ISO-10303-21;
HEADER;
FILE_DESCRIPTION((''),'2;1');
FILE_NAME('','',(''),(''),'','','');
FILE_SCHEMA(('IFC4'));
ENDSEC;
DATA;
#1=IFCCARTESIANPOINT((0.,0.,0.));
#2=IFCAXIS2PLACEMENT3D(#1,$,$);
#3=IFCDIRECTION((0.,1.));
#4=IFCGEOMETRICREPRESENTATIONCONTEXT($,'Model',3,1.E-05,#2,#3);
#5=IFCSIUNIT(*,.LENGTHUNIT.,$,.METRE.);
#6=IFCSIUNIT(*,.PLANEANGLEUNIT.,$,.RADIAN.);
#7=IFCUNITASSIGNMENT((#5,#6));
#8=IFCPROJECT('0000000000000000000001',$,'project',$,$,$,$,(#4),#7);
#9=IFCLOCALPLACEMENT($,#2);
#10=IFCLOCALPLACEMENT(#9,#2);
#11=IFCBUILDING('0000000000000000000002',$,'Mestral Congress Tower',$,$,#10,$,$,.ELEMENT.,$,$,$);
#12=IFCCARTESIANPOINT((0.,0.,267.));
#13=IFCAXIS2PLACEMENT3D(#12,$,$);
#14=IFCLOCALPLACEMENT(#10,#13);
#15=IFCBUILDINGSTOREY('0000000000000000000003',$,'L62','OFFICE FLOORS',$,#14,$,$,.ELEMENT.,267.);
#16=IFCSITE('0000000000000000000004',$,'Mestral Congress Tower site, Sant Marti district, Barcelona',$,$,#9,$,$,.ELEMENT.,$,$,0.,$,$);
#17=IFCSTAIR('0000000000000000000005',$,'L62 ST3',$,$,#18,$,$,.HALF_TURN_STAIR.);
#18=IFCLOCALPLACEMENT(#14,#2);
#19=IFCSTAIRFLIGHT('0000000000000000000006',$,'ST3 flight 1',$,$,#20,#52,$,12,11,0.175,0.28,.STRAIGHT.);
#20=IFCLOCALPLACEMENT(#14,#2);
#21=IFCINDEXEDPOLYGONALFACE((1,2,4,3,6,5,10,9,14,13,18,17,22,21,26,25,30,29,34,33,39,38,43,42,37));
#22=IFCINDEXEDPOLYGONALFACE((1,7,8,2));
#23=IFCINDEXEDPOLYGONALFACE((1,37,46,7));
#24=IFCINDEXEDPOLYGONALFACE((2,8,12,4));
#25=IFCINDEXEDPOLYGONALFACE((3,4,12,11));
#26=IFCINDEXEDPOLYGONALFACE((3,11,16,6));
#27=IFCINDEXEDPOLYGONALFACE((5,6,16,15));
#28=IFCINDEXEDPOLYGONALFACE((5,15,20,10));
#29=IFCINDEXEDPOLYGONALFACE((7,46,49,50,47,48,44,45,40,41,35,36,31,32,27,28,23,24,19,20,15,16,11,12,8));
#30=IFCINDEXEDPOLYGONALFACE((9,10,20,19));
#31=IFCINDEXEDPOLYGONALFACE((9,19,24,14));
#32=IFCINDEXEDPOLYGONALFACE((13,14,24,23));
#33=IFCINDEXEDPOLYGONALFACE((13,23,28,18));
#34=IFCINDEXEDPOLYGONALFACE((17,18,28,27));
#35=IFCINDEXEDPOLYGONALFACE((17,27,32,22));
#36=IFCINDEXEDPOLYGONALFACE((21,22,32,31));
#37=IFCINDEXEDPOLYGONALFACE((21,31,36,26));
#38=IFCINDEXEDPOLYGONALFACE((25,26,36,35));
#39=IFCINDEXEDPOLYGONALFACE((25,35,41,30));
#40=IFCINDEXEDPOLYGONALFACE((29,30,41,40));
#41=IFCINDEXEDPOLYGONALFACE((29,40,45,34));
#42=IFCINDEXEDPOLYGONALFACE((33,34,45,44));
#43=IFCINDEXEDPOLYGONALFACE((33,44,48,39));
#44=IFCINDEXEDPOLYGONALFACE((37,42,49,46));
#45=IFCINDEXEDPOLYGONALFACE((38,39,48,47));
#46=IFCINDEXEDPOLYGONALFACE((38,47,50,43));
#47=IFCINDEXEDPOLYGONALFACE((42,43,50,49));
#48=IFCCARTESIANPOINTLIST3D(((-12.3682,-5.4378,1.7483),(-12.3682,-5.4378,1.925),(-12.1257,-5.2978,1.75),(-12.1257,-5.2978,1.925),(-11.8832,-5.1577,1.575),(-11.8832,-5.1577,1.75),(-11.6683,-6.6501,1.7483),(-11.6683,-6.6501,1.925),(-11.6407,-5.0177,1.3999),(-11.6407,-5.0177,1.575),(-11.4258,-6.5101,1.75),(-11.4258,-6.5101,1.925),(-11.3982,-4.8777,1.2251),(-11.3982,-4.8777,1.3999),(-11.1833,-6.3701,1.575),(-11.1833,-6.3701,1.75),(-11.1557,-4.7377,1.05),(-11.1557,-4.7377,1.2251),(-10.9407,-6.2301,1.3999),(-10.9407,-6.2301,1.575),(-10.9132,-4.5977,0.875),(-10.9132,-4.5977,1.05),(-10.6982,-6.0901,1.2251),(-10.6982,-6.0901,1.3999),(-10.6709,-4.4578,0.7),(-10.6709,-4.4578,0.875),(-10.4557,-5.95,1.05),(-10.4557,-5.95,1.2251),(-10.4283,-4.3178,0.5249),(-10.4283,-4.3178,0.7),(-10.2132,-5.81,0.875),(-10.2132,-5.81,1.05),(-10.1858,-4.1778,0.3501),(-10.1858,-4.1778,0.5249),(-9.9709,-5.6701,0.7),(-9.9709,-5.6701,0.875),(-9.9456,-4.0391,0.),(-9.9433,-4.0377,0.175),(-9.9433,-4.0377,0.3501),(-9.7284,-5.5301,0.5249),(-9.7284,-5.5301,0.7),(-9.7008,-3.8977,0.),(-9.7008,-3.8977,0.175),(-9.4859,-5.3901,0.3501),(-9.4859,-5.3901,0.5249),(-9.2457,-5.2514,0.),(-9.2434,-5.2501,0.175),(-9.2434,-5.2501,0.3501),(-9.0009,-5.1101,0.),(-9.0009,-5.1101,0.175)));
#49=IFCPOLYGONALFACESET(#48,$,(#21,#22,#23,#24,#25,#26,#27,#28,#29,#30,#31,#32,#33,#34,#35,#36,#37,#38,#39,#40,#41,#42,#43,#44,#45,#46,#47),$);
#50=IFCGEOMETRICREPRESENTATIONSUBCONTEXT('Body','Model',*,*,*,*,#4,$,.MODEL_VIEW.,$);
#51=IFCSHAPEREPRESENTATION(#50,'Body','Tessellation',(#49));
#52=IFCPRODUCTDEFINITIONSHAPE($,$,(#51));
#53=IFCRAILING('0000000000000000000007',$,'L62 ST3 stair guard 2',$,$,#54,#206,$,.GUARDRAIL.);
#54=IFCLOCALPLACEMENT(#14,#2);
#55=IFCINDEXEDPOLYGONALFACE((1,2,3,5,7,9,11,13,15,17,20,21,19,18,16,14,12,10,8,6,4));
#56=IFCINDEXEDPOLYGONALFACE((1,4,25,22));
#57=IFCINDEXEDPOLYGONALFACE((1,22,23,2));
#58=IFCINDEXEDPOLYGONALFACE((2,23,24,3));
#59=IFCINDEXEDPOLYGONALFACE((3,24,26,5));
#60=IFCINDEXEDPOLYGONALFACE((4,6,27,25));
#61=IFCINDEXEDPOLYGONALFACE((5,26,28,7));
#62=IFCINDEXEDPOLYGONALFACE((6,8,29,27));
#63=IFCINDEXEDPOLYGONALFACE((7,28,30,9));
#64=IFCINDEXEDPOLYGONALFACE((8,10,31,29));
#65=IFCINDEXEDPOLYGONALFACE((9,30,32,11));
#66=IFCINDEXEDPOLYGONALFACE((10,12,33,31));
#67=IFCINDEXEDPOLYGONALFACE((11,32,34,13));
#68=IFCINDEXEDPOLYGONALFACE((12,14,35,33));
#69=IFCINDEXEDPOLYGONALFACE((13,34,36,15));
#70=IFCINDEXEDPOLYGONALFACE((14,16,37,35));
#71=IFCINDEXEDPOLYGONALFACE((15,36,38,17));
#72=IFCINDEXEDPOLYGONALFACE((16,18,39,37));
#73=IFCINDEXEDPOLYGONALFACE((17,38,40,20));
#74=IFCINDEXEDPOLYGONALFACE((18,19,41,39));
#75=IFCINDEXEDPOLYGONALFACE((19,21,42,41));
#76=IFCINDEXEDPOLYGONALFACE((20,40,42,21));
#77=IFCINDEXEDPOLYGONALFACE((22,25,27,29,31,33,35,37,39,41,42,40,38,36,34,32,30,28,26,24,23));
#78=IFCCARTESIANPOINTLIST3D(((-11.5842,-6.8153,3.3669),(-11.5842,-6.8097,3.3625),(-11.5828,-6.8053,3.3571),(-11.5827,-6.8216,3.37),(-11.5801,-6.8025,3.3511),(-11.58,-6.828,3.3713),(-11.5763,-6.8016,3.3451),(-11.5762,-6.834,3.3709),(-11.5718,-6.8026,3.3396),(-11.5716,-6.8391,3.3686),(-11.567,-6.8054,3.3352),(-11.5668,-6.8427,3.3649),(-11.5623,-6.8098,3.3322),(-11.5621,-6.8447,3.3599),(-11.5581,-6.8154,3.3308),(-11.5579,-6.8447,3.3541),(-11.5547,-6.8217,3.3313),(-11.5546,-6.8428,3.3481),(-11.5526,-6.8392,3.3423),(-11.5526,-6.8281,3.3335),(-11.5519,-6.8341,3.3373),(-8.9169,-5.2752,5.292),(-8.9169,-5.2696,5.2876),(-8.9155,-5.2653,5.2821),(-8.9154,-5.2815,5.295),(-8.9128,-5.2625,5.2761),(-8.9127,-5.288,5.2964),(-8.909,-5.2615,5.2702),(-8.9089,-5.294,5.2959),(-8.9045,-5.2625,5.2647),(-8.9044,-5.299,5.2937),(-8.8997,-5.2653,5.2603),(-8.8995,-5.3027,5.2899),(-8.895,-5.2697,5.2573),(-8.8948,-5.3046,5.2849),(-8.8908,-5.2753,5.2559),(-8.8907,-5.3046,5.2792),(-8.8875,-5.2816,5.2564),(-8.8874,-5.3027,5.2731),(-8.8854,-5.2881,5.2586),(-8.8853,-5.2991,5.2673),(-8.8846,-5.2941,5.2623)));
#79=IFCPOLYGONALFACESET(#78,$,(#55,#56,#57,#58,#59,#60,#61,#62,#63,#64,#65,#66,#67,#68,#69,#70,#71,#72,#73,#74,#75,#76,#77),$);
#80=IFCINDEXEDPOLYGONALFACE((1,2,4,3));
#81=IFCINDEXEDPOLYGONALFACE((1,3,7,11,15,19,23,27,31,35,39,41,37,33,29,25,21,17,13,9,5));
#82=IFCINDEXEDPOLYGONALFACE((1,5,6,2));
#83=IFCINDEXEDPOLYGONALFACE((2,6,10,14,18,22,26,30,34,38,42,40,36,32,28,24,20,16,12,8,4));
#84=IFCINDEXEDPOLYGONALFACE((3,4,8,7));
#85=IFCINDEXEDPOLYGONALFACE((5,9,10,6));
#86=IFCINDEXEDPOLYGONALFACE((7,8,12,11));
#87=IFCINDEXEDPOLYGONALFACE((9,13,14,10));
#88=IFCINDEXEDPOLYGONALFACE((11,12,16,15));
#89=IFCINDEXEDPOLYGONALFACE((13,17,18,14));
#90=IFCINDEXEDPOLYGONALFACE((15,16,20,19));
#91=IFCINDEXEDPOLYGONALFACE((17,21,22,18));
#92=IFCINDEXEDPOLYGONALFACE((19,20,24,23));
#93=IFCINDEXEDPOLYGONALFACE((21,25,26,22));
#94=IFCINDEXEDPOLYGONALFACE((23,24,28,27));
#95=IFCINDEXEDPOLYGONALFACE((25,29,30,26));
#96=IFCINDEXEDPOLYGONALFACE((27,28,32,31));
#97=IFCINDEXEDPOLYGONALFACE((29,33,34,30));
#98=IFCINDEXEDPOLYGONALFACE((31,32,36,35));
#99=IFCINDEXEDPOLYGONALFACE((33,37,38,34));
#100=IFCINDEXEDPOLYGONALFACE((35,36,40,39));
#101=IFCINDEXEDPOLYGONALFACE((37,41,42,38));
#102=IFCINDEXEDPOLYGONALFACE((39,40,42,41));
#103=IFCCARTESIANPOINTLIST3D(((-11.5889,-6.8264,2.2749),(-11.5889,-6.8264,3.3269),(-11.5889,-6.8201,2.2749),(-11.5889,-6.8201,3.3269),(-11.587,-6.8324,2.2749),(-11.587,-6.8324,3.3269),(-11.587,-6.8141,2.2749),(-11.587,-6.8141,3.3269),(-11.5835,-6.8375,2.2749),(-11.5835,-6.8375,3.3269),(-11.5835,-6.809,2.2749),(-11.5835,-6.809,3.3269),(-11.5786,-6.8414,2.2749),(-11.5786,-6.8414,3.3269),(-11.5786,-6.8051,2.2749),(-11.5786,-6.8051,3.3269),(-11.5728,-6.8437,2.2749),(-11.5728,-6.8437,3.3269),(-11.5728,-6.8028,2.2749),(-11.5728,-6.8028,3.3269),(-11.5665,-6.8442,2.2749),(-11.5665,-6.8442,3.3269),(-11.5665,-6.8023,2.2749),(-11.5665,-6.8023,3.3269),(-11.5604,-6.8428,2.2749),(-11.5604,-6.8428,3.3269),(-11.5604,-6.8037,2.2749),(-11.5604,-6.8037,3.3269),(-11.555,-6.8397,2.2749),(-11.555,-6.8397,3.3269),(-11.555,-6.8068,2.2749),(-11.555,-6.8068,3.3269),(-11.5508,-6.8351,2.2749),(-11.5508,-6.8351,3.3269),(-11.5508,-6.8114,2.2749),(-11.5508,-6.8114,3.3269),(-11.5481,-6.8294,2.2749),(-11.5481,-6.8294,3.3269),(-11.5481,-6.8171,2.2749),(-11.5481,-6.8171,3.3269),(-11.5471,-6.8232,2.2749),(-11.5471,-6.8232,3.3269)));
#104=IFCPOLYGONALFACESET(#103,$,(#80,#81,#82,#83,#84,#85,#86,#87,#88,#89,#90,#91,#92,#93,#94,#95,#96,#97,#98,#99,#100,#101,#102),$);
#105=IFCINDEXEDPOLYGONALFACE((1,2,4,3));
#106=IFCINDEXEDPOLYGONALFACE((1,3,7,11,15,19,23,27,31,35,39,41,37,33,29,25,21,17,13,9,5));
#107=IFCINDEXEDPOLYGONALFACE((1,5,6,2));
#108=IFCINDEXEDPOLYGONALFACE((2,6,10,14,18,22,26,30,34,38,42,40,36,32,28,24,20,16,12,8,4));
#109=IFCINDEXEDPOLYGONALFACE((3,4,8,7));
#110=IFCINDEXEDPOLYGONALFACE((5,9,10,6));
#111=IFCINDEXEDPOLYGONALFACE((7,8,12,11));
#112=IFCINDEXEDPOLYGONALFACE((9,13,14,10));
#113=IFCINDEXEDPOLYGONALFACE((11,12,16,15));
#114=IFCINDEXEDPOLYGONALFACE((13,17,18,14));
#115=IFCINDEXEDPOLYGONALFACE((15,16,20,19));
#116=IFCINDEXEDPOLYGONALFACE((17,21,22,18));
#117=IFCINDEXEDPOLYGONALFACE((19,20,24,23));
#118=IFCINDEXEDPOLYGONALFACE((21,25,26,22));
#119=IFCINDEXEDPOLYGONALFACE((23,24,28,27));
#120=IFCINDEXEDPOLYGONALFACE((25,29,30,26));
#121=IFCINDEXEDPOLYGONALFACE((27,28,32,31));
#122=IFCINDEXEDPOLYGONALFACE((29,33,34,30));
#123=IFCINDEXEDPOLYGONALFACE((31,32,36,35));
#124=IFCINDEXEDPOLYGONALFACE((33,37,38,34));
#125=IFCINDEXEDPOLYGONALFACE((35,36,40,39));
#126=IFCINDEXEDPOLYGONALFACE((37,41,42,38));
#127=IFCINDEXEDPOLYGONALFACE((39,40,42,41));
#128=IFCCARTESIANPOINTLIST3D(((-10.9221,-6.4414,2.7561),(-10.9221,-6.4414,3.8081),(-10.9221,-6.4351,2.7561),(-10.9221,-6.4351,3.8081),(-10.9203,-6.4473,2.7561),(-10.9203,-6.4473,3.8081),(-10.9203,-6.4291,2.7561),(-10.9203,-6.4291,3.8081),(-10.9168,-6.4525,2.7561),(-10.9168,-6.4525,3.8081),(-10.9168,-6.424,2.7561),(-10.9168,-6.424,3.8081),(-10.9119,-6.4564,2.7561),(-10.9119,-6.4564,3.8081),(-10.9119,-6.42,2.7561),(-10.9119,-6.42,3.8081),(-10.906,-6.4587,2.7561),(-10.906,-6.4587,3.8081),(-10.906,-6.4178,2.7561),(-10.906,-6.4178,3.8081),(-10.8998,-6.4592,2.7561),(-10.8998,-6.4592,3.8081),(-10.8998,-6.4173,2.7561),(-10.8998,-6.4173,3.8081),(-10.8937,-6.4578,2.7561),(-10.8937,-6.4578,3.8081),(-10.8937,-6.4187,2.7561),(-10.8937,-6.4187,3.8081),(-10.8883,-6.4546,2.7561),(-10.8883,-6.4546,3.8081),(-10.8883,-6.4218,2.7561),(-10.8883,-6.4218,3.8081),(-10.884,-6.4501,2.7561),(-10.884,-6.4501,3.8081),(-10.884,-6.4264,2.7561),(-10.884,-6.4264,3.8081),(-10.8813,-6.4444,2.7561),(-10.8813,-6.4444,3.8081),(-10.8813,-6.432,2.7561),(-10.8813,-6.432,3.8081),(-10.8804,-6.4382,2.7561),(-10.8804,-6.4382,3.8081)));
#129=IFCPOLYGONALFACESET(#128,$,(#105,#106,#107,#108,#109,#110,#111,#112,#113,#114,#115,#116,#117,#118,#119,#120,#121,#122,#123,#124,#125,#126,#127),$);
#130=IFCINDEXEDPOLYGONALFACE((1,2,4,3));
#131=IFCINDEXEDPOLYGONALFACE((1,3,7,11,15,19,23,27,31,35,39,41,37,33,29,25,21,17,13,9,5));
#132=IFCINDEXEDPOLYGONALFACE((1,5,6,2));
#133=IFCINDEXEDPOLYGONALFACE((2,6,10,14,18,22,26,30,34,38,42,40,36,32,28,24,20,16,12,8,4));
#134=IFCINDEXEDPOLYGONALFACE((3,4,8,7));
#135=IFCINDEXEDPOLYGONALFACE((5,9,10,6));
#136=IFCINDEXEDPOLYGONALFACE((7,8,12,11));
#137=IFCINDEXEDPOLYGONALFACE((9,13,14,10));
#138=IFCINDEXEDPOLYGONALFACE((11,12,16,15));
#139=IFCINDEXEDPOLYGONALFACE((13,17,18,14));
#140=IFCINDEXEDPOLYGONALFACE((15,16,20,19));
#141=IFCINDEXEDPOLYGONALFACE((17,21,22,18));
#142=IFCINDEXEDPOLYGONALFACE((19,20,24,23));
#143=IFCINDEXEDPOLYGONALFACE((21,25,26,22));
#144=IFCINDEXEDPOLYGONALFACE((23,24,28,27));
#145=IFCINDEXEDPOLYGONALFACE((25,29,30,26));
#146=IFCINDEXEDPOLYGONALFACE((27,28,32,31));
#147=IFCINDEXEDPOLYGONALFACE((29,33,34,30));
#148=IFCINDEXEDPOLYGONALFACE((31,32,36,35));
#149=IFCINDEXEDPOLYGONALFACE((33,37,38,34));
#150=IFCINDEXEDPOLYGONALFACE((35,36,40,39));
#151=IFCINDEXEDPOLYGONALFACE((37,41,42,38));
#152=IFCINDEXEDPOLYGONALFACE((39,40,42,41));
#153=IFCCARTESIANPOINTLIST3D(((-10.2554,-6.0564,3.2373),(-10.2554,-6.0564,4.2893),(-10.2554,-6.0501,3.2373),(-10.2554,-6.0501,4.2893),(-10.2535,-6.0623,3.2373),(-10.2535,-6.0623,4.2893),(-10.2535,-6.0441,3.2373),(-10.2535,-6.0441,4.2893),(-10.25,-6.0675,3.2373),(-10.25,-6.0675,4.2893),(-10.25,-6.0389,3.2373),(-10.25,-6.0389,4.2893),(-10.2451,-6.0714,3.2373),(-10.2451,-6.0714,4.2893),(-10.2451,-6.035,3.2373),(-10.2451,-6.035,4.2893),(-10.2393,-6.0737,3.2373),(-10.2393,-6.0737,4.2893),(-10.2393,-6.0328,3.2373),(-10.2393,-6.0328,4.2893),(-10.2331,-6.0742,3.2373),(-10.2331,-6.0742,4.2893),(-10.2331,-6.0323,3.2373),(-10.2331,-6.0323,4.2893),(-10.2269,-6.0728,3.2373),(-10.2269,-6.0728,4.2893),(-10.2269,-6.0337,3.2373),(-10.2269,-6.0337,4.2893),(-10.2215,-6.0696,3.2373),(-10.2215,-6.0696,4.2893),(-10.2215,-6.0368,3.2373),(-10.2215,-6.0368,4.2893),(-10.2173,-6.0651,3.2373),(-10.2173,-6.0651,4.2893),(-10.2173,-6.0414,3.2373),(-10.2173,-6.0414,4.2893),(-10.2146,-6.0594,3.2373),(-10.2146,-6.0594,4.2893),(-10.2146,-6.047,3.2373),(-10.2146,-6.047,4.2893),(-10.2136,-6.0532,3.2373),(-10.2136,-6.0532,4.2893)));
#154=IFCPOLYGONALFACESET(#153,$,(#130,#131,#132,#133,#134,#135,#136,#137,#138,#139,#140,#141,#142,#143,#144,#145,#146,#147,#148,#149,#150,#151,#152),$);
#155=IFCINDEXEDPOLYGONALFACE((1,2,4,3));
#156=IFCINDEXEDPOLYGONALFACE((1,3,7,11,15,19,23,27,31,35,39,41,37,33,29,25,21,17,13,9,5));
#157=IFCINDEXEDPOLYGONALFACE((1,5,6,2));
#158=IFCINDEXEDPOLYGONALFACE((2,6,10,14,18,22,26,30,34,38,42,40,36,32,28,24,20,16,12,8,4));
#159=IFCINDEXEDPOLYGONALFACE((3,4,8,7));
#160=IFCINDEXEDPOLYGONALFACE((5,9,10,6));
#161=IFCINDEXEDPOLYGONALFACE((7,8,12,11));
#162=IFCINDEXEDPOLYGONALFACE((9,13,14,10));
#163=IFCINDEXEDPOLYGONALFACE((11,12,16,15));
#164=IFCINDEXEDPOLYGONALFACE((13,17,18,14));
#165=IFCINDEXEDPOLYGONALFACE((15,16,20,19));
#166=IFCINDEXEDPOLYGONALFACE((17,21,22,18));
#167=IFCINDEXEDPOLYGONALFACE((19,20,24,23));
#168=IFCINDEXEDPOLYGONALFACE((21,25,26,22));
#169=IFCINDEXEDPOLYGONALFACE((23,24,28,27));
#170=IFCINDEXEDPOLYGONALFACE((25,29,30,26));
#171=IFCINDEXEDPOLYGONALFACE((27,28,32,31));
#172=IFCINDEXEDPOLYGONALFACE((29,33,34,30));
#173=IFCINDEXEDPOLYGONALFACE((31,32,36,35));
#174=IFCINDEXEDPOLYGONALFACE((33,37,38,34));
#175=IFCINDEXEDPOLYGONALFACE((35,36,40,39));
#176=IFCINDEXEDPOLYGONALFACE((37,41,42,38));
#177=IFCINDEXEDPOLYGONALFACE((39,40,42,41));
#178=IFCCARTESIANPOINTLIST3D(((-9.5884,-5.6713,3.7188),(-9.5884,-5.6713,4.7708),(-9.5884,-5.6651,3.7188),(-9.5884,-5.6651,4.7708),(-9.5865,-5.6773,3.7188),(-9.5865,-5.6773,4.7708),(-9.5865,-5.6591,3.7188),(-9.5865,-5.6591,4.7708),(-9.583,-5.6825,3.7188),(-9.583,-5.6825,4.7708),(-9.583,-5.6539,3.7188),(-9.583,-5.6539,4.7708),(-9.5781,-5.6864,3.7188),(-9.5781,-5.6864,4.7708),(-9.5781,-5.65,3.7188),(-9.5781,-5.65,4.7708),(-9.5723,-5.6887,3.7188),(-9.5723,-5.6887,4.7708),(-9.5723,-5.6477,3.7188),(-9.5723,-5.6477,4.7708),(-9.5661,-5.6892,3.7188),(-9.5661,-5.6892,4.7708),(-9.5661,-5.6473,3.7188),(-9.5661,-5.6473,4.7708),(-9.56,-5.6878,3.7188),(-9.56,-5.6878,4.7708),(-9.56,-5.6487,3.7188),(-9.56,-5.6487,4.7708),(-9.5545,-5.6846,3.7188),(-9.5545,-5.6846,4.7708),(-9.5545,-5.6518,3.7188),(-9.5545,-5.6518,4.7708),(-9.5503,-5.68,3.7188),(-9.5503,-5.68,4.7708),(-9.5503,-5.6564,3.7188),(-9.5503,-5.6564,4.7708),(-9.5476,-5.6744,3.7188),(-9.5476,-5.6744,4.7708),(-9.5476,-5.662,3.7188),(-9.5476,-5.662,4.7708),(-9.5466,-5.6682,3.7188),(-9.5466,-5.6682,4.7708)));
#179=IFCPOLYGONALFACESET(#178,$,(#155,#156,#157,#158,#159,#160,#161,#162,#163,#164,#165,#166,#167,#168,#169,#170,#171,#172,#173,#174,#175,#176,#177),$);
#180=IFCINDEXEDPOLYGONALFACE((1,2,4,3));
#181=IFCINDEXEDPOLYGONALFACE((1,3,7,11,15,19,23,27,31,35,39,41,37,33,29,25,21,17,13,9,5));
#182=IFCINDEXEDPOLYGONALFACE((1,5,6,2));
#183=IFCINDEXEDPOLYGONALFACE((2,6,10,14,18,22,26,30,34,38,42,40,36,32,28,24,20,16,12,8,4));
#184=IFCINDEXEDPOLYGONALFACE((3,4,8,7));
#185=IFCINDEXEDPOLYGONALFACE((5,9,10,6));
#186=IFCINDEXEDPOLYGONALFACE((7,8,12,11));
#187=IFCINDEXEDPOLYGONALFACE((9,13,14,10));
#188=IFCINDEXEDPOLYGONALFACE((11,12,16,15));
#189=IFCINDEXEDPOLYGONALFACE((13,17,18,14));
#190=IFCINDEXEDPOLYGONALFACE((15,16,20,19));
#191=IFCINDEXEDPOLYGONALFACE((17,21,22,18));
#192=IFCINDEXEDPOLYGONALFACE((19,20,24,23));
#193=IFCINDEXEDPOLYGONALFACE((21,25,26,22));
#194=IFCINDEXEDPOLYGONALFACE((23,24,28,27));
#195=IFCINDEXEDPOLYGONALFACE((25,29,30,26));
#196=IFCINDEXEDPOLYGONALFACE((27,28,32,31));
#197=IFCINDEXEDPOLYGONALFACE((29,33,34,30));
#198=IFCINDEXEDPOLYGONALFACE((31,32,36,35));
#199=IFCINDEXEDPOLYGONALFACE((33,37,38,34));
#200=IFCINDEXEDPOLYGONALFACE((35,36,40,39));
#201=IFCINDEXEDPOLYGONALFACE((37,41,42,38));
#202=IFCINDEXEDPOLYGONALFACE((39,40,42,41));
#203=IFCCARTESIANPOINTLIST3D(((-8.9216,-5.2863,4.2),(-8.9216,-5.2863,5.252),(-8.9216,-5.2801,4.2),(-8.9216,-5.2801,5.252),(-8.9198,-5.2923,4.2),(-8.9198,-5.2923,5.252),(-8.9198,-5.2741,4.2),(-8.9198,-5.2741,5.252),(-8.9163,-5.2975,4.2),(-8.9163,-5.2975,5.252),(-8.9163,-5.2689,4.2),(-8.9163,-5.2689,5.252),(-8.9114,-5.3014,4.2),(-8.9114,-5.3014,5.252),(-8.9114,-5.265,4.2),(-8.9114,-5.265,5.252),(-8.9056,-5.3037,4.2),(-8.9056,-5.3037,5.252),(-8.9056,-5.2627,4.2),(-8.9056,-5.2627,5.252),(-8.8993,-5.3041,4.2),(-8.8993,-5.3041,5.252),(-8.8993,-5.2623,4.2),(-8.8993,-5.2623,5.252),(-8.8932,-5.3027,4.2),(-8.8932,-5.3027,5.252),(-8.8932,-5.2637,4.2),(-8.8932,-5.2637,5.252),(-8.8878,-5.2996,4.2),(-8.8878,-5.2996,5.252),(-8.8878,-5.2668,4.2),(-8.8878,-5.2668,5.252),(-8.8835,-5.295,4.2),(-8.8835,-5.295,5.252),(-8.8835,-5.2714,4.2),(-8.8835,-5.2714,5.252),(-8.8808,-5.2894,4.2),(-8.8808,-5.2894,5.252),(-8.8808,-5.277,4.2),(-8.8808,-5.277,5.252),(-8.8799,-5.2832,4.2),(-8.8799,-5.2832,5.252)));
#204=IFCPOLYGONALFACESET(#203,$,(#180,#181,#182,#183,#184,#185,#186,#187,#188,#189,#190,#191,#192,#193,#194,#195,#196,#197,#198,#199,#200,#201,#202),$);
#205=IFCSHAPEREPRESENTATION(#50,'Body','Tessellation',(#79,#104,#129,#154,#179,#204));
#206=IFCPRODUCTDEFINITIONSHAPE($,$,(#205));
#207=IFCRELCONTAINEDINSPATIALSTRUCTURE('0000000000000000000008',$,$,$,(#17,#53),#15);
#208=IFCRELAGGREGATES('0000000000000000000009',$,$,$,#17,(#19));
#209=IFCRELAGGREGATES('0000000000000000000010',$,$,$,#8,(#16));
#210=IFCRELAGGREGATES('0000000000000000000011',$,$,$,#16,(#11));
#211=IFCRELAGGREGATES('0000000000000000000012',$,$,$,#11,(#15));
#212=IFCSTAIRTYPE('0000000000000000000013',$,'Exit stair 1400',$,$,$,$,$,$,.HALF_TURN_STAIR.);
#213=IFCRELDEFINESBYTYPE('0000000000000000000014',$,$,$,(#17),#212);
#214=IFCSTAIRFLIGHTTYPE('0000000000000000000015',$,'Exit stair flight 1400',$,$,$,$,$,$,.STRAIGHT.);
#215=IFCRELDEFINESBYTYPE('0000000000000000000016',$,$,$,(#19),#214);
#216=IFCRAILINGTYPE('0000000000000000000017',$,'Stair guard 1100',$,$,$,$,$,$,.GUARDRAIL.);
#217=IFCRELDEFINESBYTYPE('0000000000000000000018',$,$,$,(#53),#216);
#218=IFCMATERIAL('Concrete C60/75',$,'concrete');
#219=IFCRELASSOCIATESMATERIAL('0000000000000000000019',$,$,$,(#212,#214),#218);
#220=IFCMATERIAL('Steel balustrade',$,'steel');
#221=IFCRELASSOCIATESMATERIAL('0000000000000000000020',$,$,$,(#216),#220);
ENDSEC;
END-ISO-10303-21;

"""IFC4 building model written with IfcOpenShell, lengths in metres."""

from ifc_helpers import new_model, si_unit, direction, frame, origin, origin_2d, place, context, subcontext, project, spatial, polyline, circle, outline, extrude, material, type_object, element, aggregate, save


model = new_model("IFC4")

# Units and contexts
model_context = context("Model", 3, precision=1e-05, world=origin(), true_north=direction((0.0, 1.0)))
body_context = subcontext(model_context, "Body", "Model", "MODEL_VIEW")
ifc_project = project(units=[si_unit("LENGTHUNIT", "METRE"), si_unit("PLANEANGLEUNIT", "RADIAN")], contexts=[model_context])

# Site, building, storey
site_placement = place(None, origin())
site = spatial("IfcSite", under=ifc_project, at=site_placement, Name="Mestral Congress Tower site, Sant Marti district, Barcelona", CompositionType="ELEMENT", RefElevation=0.0)
building_placement = place(site_placement, origin())
building = spatial("IfcBuilding", under=site, at=building_placement, Name="Mestral Congress Tower", CompositionType="ELEMENT")
storey_placement = place(building_placement, frame((0.0, 0.0, 267.0)))
storey = spatial("IfcBuildingStorey", under=building, at=storey_placement, Name="L62", Description="OFFICE FLOORS", CompositionType="ELEMENT", Elevation=267.0)

# Shared definitions
ifc_material_1 = material(Name="Concrete C60/75", Category="concrete")

# Stair, stair flight
stair_type = type_object("IfcStairType", Name="Exit stair 1400", PredefinedType="HALF_TURN_STAIR", material=ifc_material_1)
stair_placement = place(storey_placement, origin())
stair = element("IfcStair", 1, at=stair_placement, inside=storey, type_object=stair_type, Name="L62 ST3", PredefinedType="HALF_TURN_STAIR")
stair_flight_type = type_object("IfcStairFlightType", Name="Exit stair flight 1400", PredefinedType="STRAIGHT", material=ifc_material_1)
stair_flight_placement = place(storey_placement, frame((-9.3508, -4.5039, 0.0), z_axis=(0.0, 0.0, 1.0), x_axis=(-0.866025, -0.5, 0.0)))
stair_flight = element("IfcStairFlight", 2, at=stair_flight_placement, type_object=stair_flight_type, Name="ST3 flight 1", NumberOfRisers=12, NumberOfTreads=11, PredefinedType="STRAIGHT", RiserHeight=0.175, TreadLength=0.28, context=body_context, shape_type="SweptSolid", body=[
    extrude(outline(polyline([(0.0, 0.0), (0.0, 0.175), (0.28, 0.175), (0.28, 0.3501), (0.5601, 0.3501), (0.5601, 0.5249), (0.8401, 0.5249), (0.8401, 0.7), (1.1201, 0.7), (1.1201, 0.875), (1.3999, 0.875), (1.3999, 1.05), (1.6799, 1.05), (1.6799, 1.2251), (1.96, 1.2251), (1.96, 1.3999), (2.24, 1.3999), (2.24, 1.575), (2.52, 1.575), (2.52, 1.75), (2.8, 1.75), (2.8, 1.925), (3.0801, 1.925), (3.0801, 2.1001), (3.0801, 1.7483), (0.2827, 0.0), (0.0, 0.0)])), frame((0.0, 0.7, 0.0), z_axis=(0.0, -1.0, 0.0), x_axis=(1.0, 0.0, 0.0)), (0.0, 0.0, 1.0), 1.3999),
])
aggregate(stair, [stair_flight])

# Railing
ifc_material_2 = material(Name="Steel balustrade", Category="steel")
railing_type_1 = type_object("IfcRailingType", Name="Stair guard 1100", PredefinedType="GUARDRAIL", material=ifc_material_2)
railing_1_placement = place(storey_placement, frame((-11.5681, -6.8232, 2.2749)))
element("IfcRailing", 3, at=railing_1_placement, inside=storey, type_object=railing_type_1, Name="L62 ST3 stair guard 2", PredefinedType="GUARDRAIL", context=body_context, shape_type="SweptSolid", body=[
    extrude(circle(Radius=0.0239, at=origin_2d()), frame((0.0, 0.0, 1.0762), z_axis=(0.734364, 0.424015, 0.530019), x_axis=(-0.500027, 0.86601, 0.0)), (0.0, 0.0, 1.0), 3.6321),
    extrude(circle(Radius=0.021, at=origin_2d()), origin(), (0.0, 0.0, 1.0), 1.052),
    extrude(circle(Radius=0.021, at=origin_2d()), frame((0.6667, 0.385, 0.4812)), (0.0, 0.0, 1.0), 1.052),
    extrude(circle(Radius=0.021, at=origin_2d()), frame((1.3335, 0.77, 0.9624)), (0.0, 0.0, 1.0), 1.052),
    extrude(circle(Radius=0.021, at=origin_2d()), frame((2.0005, 1.155, 1.4438)), (0.0, 0.0, 1.0), 1.052),
    extrude(circle(Radius=0.021, at=origin_2d()), frame((2.6672, 1.54, 1.925)), (0.0, 0.0, 1.0), 1.052),
])

save(model, "model.ifc")
